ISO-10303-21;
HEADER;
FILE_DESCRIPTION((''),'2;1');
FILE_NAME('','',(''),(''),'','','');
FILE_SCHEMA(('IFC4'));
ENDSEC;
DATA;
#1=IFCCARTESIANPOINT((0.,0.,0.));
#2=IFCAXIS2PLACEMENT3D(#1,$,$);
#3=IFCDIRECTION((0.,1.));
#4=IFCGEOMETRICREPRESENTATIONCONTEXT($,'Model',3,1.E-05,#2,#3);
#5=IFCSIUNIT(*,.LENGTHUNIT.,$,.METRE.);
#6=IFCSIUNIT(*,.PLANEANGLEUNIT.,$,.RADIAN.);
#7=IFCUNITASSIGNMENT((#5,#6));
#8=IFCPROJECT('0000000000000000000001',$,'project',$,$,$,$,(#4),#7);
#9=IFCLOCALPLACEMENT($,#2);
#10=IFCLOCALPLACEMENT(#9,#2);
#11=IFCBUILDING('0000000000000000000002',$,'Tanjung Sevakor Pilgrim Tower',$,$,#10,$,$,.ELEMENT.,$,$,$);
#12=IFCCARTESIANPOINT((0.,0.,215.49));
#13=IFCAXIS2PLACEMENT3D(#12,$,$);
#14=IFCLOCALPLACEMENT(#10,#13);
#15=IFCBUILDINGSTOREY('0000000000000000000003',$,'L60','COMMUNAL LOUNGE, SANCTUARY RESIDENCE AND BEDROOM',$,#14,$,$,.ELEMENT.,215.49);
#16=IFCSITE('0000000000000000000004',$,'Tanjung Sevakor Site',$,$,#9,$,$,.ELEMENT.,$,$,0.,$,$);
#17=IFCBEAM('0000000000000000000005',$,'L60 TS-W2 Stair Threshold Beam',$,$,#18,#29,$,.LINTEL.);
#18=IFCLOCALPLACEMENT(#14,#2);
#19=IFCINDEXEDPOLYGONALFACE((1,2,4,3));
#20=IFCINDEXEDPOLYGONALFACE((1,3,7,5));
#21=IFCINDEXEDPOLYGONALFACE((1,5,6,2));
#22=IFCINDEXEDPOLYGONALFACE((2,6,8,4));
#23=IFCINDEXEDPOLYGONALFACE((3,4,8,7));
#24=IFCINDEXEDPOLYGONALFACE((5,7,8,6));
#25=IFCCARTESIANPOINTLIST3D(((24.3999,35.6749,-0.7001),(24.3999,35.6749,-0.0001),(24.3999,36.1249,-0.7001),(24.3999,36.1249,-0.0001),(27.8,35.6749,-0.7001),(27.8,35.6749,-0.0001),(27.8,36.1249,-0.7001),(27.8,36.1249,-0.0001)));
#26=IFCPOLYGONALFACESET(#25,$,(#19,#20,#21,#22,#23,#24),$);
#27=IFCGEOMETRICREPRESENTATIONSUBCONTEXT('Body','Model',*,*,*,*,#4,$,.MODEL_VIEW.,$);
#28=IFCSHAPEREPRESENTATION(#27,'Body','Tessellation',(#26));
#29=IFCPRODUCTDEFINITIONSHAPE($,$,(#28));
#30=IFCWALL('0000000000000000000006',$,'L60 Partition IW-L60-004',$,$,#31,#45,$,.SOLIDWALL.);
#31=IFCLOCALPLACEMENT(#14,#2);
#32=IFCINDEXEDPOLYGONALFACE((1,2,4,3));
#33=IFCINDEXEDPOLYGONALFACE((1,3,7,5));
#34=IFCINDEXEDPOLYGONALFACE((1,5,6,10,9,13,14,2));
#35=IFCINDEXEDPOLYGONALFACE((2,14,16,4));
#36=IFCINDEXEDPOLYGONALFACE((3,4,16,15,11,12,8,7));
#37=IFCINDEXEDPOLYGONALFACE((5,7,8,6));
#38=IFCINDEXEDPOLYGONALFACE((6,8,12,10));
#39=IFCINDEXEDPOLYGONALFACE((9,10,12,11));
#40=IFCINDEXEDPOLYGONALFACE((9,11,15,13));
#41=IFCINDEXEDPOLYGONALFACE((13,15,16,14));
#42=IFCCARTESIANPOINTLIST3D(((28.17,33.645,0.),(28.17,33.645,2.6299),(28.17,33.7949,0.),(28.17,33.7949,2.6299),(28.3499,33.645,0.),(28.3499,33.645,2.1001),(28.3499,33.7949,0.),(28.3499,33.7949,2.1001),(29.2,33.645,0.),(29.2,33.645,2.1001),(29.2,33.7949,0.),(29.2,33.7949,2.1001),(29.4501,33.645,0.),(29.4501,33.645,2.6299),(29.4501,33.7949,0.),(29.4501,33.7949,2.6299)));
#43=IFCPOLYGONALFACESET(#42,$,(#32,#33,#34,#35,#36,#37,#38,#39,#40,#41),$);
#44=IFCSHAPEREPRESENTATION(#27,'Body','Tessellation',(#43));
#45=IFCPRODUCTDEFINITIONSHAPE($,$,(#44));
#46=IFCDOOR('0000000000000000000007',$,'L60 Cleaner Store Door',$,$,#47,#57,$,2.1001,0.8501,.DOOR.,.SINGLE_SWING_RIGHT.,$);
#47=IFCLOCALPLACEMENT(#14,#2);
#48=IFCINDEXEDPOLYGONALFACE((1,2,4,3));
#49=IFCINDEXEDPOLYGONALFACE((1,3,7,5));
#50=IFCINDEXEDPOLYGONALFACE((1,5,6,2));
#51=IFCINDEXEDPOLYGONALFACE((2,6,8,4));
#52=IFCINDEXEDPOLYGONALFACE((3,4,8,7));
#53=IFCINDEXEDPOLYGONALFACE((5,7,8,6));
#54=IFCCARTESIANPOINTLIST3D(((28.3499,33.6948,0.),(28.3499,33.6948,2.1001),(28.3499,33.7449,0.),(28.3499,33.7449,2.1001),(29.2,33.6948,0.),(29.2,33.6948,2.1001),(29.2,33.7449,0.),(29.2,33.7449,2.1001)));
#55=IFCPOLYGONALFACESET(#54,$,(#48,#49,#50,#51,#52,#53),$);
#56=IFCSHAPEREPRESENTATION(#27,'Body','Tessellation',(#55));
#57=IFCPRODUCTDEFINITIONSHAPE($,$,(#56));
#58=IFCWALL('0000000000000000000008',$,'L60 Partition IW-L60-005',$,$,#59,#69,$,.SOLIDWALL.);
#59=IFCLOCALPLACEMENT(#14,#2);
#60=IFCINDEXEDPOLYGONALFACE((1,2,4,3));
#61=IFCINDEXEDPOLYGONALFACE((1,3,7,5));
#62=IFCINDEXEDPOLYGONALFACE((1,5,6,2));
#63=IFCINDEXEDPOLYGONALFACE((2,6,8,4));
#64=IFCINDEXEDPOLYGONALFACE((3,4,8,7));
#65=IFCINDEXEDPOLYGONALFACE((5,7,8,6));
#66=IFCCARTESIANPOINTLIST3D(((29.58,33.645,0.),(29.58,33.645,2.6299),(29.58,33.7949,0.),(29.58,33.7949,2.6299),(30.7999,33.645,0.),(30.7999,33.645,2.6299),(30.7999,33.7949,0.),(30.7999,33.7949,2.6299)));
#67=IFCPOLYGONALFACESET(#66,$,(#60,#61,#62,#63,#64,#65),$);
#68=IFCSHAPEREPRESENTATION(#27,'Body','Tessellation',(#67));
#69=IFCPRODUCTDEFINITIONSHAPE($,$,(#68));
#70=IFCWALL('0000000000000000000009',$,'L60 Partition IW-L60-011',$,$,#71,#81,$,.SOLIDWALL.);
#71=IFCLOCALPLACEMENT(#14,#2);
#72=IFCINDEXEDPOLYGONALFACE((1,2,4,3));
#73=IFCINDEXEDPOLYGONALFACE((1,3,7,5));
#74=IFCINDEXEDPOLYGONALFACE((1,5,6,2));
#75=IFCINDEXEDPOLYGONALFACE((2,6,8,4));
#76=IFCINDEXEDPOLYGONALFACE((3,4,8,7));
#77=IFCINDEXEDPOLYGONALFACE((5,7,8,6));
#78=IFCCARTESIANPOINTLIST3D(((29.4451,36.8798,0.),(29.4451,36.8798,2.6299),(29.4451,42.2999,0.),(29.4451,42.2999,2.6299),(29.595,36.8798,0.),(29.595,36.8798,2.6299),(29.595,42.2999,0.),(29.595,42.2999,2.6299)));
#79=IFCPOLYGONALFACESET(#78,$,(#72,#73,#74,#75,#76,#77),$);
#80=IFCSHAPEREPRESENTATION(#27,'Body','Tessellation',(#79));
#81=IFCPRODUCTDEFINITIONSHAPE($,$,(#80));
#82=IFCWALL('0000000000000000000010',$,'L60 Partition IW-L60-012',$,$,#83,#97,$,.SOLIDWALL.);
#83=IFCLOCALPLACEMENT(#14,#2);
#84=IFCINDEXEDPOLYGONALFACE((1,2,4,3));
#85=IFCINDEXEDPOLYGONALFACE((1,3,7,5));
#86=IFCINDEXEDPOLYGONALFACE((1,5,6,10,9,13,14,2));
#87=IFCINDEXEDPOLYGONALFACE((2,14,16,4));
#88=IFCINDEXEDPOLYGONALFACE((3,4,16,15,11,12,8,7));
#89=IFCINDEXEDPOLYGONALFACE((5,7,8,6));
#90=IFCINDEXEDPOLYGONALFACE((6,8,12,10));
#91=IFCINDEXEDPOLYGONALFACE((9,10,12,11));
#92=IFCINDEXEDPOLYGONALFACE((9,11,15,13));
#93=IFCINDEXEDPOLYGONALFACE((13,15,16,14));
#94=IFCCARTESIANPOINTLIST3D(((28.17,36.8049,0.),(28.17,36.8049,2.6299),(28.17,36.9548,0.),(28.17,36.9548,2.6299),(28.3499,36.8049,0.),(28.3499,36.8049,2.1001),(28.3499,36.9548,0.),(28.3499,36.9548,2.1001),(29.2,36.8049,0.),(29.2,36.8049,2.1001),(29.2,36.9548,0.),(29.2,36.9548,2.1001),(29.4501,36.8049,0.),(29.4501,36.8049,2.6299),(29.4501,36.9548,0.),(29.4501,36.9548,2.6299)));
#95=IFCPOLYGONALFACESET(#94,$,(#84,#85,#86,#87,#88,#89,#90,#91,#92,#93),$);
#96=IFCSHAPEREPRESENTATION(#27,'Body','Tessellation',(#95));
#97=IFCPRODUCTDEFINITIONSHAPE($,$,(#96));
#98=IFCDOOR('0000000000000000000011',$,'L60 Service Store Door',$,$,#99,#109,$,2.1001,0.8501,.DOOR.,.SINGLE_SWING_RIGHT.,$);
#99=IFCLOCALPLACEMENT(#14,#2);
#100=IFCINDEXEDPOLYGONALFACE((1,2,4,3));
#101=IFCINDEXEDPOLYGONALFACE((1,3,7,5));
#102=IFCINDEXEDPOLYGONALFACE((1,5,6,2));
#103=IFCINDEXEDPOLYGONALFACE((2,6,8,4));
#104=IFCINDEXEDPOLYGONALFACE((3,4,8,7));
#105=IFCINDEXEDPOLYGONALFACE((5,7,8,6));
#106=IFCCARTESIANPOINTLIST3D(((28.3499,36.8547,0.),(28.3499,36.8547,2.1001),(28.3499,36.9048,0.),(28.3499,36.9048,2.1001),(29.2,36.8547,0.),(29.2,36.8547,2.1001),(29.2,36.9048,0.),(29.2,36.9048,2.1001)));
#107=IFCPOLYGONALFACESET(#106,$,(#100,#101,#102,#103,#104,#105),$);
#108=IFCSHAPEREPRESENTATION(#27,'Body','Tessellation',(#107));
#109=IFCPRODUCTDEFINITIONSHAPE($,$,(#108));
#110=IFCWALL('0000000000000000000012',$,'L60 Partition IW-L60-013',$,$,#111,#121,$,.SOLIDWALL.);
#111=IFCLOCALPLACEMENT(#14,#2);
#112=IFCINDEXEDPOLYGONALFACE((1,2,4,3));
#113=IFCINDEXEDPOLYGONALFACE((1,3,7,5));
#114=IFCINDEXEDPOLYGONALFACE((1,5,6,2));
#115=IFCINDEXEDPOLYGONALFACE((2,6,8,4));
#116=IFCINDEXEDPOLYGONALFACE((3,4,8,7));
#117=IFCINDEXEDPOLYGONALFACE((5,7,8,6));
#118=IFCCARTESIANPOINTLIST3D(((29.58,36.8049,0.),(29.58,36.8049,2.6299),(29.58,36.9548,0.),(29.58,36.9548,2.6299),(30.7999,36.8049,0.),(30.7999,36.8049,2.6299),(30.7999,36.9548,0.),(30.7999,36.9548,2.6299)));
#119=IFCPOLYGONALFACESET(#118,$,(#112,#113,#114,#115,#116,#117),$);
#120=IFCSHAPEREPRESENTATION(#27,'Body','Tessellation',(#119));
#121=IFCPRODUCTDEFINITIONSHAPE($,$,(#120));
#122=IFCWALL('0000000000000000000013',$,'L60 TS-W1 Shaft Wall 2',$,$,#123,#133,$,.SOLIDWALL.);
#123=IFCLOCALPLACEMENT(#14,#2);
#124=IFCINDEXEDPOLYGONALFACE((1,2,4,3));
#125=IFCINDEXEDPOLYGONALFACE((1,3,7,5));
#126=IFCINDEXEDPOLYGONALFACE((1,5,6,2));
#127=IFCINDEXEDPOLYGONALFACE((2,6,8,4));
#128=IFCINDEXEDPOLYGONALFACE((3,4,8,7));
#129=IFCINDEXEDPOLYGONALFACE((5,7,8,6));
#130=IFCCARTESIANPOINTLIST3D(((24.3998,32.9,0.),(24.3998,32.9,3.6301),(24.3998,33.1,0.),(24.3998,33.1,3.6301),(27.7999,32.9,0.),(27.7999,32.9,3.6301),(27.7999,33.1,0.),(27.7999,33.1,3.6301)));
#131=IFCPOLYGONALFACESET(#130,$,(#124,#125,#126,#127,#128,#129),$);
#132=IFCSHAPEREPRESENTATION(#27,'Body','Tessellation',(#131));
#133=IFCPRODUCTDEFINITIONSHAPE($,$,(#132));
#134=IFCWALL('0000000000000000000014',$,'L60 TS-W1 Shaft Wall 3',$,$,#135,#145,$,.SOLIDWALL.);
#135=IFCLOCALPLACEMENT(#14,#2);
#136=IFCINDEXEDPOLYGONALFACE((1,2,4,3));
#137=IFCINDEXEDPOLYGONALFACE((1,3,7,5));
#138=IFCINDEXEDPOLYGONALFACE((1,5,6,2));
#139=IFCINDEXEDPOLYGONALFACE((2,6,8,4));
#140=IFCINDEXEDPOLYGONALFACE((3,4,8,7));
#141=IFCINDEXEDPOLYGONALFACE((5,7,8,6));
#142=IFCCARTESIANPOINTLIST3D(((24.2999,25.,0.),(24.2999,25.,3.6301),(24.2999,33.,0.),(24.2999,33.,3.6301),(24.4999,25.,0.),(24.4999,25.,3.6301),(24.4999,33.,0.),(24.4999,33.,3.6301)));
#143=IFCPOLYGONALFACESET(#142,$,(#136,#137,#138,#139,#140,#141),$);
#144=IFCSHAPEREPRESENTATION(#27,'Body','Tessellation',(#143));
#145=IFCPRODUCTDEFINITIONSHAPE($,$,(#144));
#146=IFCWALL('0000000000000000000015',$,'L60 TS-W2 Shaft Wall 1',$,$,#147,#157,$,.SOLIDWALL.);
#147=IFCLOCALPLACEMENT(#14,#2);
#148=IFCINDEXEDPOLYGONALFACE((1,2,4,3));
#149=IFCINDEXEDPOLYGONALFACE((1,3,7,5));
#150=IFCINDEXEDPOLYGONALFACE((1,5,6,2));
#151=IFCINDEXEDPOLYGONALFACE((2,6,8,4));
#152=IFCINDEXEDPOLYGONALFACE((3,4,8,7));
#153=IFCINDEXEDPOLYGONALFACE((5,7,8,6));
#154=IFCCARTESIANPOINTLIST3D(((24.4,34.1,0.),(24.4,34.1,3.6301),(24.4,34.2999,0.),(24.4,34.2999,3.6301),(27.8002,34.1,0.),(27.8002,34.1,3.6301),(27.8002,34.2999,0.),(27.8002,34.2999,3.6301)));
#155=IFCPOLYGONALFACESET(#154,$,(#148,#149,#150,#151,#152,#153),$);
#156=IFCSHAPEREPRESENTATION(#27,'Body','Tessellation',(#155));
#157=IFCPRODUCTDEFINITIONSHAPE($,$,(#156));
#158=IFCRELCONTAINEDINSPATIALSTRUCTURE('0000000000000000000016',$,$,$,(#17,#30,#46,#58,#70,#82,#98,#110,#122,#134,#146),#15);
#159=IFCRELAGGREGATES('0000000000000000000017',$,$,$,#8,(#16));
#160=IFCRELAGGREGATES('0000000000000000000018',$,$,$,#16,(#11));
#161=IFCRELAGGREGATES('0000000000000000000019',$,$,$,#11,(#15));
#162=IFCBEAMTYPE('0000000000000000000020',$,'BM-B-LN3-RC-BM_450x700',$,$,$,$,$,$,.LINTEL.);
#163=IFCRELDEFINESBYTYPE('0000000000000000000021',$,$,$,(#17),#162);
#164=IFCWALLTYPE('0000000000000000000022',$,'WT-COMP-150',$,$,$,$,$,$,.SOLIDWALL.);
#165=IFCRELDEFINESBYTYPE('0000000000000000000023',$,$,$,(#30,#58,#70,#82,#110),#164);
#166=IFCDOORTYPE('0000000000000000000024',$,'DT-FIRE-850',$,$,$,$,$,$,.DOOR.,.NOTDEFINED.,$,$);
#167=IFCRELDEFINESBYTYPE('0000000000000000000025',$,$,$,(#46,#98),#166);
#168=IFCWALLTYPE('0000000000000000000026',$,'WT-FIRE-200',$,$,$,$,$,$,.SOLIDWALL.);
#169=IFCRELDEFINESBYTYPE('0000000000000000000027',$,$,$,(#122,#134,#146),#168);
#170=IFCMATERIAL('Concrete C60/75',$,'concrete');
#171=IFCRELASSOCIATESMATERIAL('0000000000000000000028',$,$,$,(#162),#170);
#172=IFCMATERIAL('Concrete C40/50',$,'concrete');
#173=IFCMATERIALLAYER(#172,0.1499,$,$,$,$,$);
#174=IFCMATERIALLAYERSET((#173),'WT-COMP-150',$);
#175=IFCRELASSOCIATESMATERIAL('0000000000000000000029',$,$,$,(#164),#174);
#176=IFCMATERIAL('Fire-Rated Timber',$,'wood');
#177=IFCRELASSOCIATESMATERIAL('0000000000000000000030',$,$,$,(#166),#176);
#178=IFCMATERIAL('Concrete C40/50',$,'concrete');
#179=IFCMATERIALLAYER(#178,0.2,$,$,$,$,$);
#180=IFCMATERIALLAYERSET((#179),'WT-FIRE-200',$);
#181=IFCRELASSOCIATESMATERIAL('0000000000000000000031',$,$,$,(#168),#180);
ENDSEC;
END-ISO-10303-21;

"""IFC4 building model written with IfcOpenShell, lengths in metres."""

from ifc_helpers import new_model, si_unit, direction, frame, frame_2d, origin, origin_2d, place, context, subcontext, project, spatial, rectangle, extrude, material, layer, layer_set, material_profile, profile_set, type_object, element, fill, save


model = new_model("IFC4")

# Units and contexts
model_context = context("Model", 3, precision=1e-05, world=origin(), true_north=direction((0.0, 1.0)))
body_context = subcontext(model_context, "Body", "Model", "MODEL_VIEW")
ifc_project = project(units=[si_unit("LENGTHUNIT", "METRE"), si_unit("PLANEANGLEUNIT", "RADIAN")], contexts=[model_context])

# Site, building, storey
site_placement = place(None, origin())
site = spatial("IfcSite", under=ifc_project, at=site_placement, Name="Tanjung Sevakor Site", CompositionType="ELEMENT", RefElevation=0.0)
building_placement = place(site_placement, origin())
building = spatial("IfcBuilding", under=site, at=building_placement, Name="Tanjung Sevakor Pilgrim Tower", CompositionType="ELEMENT")
storey_placement = place(building_placement, frame((0.0, 0.0, 215.49)))
storey = spatial("IfcBuildingStorey", under=building, at=storey_placement, Name="L60", Description="COMMUNAL LOUNGE, SANCTUARY RESIDENCE AND BEDROOM", CompositionType="ELEMENT", Elevation=215.49)

# Beam
ifc_material_1 = material(Name="Concrete C60/75", Category="concrete")
ifc_material_profile = material_profile(ifc_material_1, rectangle(XDim=0.45, YDim=0.7, at=origin_2d()))
ifc_profile_set = profile_set([ifc_material_profile], Name="Concrete C60/75")
beam_type = type_object("IfcBeamType", Name="BM-B-LN3-RC-BM_450x700", PredefinedType="LINTEL", material=ifc_profile_set)
beam_placement = place(storey_placement, frame((24.3999, 35.8999, -0.3501), z_axis=(1.0, 0.0, 0.0), x_axis=(0.0, 1.0, 0.0)))
element("IfcBeam", 1, at=beam_placement, inside=storey, type_object=beam_type, Name="L60 TS-W2 Stair Threshold Beam", PredefinedType="LINTEL", context=body_context, shape_type="SweptSolid", body=[
    extrude(rectangle(XDim=0.45, YDim=0.7, at=origin_2d()), origin(), (0.0, 0.0, 1.0), 3.4001),
])

# Wall, opening, door
ifc_material_2 = material(Name="Concrete C40/50", Category="concrete")
ifc_layer_1 = layer(ifc_material_2, 0.1499)
ifc_layer_set_1 = layer_set([ifc_layer_1], Name="WT-COMP-150")
wall_type_1 = type_object("IfcWallType", Name="WT-COMP-150", PredefinedType="SOLIDWALL", material=ifc_layer_set_1)
wall_1_placement = place(storey_placement, frame((28.1699, 33.72, 0.0), z_axis=(0.0, 0.0, 1.0), x_axis=(1.0, 0.0, 0.0)))
wall_1 = element("IfcWall", 2, at=wall_1_placement, inside=storey, type_object=wall_type_1, Name="L60 Partition IW-L60-004", PredefinedType="SOLIDWALL", context=body_context, shape_type="SweptSolid", body=[
    extrude(rectangle(XDim=1.28, YDim=0.1499, at=frame_2d((0.6401, 0.0))), origin(), (0.0, 0.0, 1.0), 2.6299),
])
opening_1_placement = place(wall_1_placement, frame((0.1799, 0.0, 0.0)))
opening_1 = element("IfcOpeningElement", 3, at=opening_1_placement, cuts=wall_1, PredefinedType="OPENING", context=body_context, shape_type="SweptSolid", body=[
    extrude(rectangle(XDim=0.8501, YDim=2.1001, at=frame_2d((0.425, 1.05))), frame((0.0, 0.085, 0.0), z_axis=(0.0, -1.0, 0.0), x_axis=(1.0, 0.0, 0.0)), (0.0, 0.0, 1.0), 0.1699),
])
ifc_material_3 = material(Name="Fire-Rated Timber", Category="wood")
door_type_1 = type_object("IfcDoorType", Name="DT-FIRE-850", OperationType="NOTDEFINED", PredefinedType="DOOR", material=ifc_material_3)
door_1_placement = place(opening_1_placement, origin())
door_1 = element("IfcDoor", 4, at=door_1_placement, inside=storey, type_object=door_type_1, Name="L60 Cleaner Store Door", OperationType="SINGLE_SWING_RIGHT", OverallHeight=2.1001, OverallWidth=0.8501, PredefinedType="DOOR", context=body_context, shape_type="SweptSolid", body=[
    extrude(rectangle(XDim=0.8501, YDim=2.1001, at=frame_2d((0.425, 1.05))), frame((0.0, 0.0249, 0.0), z_axis=(0.0, -1.0, 0.0), x_axis=(1.0, 0.0, 0.0)), (0.0, 0.0, 1.0), 0.05),
])
fill(opening_1, door_1)

# Walls
wall_2_placement = place(storey_placement, frame((29.5801, 33.72, 0.0), z_axis=(0.0, 0.0, 1.0), x_axis=(1.0, 0.0, 0.0)))
element("IfcWall", 5, at=wall_2_placement, inside=storey, type_object=wall_type_1, Name="L60 Partition IW-L60-005", PredefinedType="SOLIDWALL", context=body_context, shape_type="SweptSolid", body=[
    extrude(rectangle(XDim=1.22, YDim=0.1499, at=frame_2d((0.6099, 0.0))), origin(), (0.0, 0.0, 1.0), 2.6299),
])
wall_3_placement = place(storey_placement, frame((29.52, 36.8799, 0.0), z_axis=(0.0, 0.0, 1.0), x_axis=(0.0, 1.0, 0.0)))
element("IfcWall", 6, at=wall_3_placement, inside=storey, type_object=wall_type_1, Name="L60 Partition IW-L60-011", PredefinedType="SOLIDWALL", context=body_context, shape_type="SweptSolid", body=[
    extrude(rectangle(XDim=5.4202, YDim=0.1499, at=frame_2d((2.71, 0.0))), origin(), (0.0, 0.0, 1.0), 2.6299),
])

# Wall, opening, door
wall_4_placement = place(storey_placement, frame((28.1699, 36.8799, 0.0), z_axis=(0.0, 0.0, 1.0), x_axis=(1.0, 0.0, 0.0)))
wall_4 = element("IfcWall", 7, at=wall_4_placement, inside=storey, type_object=wall_type_1, Name="L60 Partition IW-L60-012", PredefinedType="SOLIDWALL", context=body_context, shape_type="SweptSolid", body=[
    extrude(rectangle(XDim=1.28, YDim=0.1499, at=frame_2d((0.6401, 0.0))), origin(), (0.0, 0.0, 1.0), 2.6299),
])
opening_2_placement = place(wall_4_placement, frame((0.1799, 0.0, 0.0)))
opening_2 = element("IfcOpeningElement", 8, at=opening_2_placement, cuts=wall_4, PredefinedType="OPENING", context=body_context, shape_type="SweptSolid", body=[
    extrude(rectangle(XDim=0.8501, YDim=2.1001, at=frame_2d((0.425, 1.05))), frame((0.0, 0.085, 0.0), z_axis=(0.0, -1.0, 0.0), x_axis=(1.0, 0.0, 0.0)), (0.0, 0.0, 1.0), 0.1699),
])
door_2_placement = place(opening_2_placement, origin())
door_2 = element("IfcDoor", 9, at=door_2_placement, inside=storey, type_object=door_type_1, Name="L60 Service Store Door", OperationType="SINGLE_SWING_RIGHT", OverallHeight=2.1001, OverallWidth=0.8501, PredefinedType="DOOR", context=body_context, shape_type="SweptSolid", body=[
    extrude(rectangle(XDim=0.8501, YDim=2.1001, at=frame_2d((0.425, 1.05))), frame((0.0, 0.0249, 0.0), z_axis=(0.0, -1.0, 0.0), x_axis=(1.0, 0.0, 0.0)), (0.0, 0.0, 1.0), 0.05),
])
fill(opening_2, door_2)

# Wall
wall_5_placement = place(storey_placement, frame((29.5801, 36.8799, 0.0), z_axis=(0.0, 0.0, 1.0), x_axis=(1.0, 0.0, 0.0)))
element("IfcWall", 10, at=wall_5_placement, inside=storey, type_object=wall_type_1, Name="L60 Partition IW-L60-013", PredefinedType="SOLIDWALL", context=body_context, shape_type="SweptSolid", body=[
    extrude(rectangle(XDim=1.22, YDim=0.1499, at=frame_2d((0.6099, 0.0))), origin(), (0.0, 0.0, 1.0), 2.6299),
])

# Walls
ifc_material_4 = material(Name="Concrete C40/50", Category="concrete")
ifc_layer_2 = layer(ifc_material_4, 0.2)
ifc_layer_set_2 = layer_set([ifc_layer_2], Name="WT-FIRE-200")
wall_type_2 = type_object("IfcWallType", Name="WT-FIRE-200", PredefinedType="SOLIDWALL", material=ifc_layer_set_2)
wall_6_placement = place(storey_placement, frame((27.8, 33.0, 0.0), z_axis=(0.0, 0.0, 1.0), x_axis=(-1.0, 0.0, 0.0)))
element("IfcWall", 11, at=wall_6_placement, inside=storey, type_object=wall_type_2, Name="L60 TS-W1 Shaft Wall 2", PredefinedType="SOLIDWALL", context=body_context, shape_type="SweptSolid", body=[
    extrude(rectangle(XDim=3.4001, YDim=0.2, at=frame_2d((1.7002, 0.0))), origin(), (0.0, 0.0, 1.0), 3.6301),
])
wall_7_placement = place(storey_placement, frame((24.3999, 33.0, 0.0), z_axis=(0.0, 0.0, 1.0), x_axis=(0.0, -1.0, 0.0)))
element("IfcWall", 12, at=wall_7_placement, inside=storey, type_object=wall_type_2, Name="L60 TS-W1 Shaft Wall 3", PredefinedType="SOLIDWALL", context=body_context, shape_type="SweptSolid", body=[
    extrude(rectangle(XDim=8.0, YDim=0.2, at=frame_2d((4.0, 0.0))), origin(), (0.0, 0.0, 1.0), 3.6301),
])
wall_8_placement = place(storey_placement, frame((24.3999, 34.2, 0.0), z_axis=(0.0, 0.0, 1.0), x_axis=(1.0, 0.0, 0.0)))
element("IfcWall", 13, at=wall_8_placement, inside=storey, type_object=wall_type_2, Name="L60 TS-W2 Shaft Wall 1", PredefinedType="SOLIDWALL", context=body_context, shape_type="SweptSolid", body=[
    extrude(rectangle(XDim=3.4001, YDim=0.2, at=frame_2d((1.7002, 0.0))), origin(), (0.0, 0.0, 1.0), 3.6301),
])

save(model, "model.ifc")
